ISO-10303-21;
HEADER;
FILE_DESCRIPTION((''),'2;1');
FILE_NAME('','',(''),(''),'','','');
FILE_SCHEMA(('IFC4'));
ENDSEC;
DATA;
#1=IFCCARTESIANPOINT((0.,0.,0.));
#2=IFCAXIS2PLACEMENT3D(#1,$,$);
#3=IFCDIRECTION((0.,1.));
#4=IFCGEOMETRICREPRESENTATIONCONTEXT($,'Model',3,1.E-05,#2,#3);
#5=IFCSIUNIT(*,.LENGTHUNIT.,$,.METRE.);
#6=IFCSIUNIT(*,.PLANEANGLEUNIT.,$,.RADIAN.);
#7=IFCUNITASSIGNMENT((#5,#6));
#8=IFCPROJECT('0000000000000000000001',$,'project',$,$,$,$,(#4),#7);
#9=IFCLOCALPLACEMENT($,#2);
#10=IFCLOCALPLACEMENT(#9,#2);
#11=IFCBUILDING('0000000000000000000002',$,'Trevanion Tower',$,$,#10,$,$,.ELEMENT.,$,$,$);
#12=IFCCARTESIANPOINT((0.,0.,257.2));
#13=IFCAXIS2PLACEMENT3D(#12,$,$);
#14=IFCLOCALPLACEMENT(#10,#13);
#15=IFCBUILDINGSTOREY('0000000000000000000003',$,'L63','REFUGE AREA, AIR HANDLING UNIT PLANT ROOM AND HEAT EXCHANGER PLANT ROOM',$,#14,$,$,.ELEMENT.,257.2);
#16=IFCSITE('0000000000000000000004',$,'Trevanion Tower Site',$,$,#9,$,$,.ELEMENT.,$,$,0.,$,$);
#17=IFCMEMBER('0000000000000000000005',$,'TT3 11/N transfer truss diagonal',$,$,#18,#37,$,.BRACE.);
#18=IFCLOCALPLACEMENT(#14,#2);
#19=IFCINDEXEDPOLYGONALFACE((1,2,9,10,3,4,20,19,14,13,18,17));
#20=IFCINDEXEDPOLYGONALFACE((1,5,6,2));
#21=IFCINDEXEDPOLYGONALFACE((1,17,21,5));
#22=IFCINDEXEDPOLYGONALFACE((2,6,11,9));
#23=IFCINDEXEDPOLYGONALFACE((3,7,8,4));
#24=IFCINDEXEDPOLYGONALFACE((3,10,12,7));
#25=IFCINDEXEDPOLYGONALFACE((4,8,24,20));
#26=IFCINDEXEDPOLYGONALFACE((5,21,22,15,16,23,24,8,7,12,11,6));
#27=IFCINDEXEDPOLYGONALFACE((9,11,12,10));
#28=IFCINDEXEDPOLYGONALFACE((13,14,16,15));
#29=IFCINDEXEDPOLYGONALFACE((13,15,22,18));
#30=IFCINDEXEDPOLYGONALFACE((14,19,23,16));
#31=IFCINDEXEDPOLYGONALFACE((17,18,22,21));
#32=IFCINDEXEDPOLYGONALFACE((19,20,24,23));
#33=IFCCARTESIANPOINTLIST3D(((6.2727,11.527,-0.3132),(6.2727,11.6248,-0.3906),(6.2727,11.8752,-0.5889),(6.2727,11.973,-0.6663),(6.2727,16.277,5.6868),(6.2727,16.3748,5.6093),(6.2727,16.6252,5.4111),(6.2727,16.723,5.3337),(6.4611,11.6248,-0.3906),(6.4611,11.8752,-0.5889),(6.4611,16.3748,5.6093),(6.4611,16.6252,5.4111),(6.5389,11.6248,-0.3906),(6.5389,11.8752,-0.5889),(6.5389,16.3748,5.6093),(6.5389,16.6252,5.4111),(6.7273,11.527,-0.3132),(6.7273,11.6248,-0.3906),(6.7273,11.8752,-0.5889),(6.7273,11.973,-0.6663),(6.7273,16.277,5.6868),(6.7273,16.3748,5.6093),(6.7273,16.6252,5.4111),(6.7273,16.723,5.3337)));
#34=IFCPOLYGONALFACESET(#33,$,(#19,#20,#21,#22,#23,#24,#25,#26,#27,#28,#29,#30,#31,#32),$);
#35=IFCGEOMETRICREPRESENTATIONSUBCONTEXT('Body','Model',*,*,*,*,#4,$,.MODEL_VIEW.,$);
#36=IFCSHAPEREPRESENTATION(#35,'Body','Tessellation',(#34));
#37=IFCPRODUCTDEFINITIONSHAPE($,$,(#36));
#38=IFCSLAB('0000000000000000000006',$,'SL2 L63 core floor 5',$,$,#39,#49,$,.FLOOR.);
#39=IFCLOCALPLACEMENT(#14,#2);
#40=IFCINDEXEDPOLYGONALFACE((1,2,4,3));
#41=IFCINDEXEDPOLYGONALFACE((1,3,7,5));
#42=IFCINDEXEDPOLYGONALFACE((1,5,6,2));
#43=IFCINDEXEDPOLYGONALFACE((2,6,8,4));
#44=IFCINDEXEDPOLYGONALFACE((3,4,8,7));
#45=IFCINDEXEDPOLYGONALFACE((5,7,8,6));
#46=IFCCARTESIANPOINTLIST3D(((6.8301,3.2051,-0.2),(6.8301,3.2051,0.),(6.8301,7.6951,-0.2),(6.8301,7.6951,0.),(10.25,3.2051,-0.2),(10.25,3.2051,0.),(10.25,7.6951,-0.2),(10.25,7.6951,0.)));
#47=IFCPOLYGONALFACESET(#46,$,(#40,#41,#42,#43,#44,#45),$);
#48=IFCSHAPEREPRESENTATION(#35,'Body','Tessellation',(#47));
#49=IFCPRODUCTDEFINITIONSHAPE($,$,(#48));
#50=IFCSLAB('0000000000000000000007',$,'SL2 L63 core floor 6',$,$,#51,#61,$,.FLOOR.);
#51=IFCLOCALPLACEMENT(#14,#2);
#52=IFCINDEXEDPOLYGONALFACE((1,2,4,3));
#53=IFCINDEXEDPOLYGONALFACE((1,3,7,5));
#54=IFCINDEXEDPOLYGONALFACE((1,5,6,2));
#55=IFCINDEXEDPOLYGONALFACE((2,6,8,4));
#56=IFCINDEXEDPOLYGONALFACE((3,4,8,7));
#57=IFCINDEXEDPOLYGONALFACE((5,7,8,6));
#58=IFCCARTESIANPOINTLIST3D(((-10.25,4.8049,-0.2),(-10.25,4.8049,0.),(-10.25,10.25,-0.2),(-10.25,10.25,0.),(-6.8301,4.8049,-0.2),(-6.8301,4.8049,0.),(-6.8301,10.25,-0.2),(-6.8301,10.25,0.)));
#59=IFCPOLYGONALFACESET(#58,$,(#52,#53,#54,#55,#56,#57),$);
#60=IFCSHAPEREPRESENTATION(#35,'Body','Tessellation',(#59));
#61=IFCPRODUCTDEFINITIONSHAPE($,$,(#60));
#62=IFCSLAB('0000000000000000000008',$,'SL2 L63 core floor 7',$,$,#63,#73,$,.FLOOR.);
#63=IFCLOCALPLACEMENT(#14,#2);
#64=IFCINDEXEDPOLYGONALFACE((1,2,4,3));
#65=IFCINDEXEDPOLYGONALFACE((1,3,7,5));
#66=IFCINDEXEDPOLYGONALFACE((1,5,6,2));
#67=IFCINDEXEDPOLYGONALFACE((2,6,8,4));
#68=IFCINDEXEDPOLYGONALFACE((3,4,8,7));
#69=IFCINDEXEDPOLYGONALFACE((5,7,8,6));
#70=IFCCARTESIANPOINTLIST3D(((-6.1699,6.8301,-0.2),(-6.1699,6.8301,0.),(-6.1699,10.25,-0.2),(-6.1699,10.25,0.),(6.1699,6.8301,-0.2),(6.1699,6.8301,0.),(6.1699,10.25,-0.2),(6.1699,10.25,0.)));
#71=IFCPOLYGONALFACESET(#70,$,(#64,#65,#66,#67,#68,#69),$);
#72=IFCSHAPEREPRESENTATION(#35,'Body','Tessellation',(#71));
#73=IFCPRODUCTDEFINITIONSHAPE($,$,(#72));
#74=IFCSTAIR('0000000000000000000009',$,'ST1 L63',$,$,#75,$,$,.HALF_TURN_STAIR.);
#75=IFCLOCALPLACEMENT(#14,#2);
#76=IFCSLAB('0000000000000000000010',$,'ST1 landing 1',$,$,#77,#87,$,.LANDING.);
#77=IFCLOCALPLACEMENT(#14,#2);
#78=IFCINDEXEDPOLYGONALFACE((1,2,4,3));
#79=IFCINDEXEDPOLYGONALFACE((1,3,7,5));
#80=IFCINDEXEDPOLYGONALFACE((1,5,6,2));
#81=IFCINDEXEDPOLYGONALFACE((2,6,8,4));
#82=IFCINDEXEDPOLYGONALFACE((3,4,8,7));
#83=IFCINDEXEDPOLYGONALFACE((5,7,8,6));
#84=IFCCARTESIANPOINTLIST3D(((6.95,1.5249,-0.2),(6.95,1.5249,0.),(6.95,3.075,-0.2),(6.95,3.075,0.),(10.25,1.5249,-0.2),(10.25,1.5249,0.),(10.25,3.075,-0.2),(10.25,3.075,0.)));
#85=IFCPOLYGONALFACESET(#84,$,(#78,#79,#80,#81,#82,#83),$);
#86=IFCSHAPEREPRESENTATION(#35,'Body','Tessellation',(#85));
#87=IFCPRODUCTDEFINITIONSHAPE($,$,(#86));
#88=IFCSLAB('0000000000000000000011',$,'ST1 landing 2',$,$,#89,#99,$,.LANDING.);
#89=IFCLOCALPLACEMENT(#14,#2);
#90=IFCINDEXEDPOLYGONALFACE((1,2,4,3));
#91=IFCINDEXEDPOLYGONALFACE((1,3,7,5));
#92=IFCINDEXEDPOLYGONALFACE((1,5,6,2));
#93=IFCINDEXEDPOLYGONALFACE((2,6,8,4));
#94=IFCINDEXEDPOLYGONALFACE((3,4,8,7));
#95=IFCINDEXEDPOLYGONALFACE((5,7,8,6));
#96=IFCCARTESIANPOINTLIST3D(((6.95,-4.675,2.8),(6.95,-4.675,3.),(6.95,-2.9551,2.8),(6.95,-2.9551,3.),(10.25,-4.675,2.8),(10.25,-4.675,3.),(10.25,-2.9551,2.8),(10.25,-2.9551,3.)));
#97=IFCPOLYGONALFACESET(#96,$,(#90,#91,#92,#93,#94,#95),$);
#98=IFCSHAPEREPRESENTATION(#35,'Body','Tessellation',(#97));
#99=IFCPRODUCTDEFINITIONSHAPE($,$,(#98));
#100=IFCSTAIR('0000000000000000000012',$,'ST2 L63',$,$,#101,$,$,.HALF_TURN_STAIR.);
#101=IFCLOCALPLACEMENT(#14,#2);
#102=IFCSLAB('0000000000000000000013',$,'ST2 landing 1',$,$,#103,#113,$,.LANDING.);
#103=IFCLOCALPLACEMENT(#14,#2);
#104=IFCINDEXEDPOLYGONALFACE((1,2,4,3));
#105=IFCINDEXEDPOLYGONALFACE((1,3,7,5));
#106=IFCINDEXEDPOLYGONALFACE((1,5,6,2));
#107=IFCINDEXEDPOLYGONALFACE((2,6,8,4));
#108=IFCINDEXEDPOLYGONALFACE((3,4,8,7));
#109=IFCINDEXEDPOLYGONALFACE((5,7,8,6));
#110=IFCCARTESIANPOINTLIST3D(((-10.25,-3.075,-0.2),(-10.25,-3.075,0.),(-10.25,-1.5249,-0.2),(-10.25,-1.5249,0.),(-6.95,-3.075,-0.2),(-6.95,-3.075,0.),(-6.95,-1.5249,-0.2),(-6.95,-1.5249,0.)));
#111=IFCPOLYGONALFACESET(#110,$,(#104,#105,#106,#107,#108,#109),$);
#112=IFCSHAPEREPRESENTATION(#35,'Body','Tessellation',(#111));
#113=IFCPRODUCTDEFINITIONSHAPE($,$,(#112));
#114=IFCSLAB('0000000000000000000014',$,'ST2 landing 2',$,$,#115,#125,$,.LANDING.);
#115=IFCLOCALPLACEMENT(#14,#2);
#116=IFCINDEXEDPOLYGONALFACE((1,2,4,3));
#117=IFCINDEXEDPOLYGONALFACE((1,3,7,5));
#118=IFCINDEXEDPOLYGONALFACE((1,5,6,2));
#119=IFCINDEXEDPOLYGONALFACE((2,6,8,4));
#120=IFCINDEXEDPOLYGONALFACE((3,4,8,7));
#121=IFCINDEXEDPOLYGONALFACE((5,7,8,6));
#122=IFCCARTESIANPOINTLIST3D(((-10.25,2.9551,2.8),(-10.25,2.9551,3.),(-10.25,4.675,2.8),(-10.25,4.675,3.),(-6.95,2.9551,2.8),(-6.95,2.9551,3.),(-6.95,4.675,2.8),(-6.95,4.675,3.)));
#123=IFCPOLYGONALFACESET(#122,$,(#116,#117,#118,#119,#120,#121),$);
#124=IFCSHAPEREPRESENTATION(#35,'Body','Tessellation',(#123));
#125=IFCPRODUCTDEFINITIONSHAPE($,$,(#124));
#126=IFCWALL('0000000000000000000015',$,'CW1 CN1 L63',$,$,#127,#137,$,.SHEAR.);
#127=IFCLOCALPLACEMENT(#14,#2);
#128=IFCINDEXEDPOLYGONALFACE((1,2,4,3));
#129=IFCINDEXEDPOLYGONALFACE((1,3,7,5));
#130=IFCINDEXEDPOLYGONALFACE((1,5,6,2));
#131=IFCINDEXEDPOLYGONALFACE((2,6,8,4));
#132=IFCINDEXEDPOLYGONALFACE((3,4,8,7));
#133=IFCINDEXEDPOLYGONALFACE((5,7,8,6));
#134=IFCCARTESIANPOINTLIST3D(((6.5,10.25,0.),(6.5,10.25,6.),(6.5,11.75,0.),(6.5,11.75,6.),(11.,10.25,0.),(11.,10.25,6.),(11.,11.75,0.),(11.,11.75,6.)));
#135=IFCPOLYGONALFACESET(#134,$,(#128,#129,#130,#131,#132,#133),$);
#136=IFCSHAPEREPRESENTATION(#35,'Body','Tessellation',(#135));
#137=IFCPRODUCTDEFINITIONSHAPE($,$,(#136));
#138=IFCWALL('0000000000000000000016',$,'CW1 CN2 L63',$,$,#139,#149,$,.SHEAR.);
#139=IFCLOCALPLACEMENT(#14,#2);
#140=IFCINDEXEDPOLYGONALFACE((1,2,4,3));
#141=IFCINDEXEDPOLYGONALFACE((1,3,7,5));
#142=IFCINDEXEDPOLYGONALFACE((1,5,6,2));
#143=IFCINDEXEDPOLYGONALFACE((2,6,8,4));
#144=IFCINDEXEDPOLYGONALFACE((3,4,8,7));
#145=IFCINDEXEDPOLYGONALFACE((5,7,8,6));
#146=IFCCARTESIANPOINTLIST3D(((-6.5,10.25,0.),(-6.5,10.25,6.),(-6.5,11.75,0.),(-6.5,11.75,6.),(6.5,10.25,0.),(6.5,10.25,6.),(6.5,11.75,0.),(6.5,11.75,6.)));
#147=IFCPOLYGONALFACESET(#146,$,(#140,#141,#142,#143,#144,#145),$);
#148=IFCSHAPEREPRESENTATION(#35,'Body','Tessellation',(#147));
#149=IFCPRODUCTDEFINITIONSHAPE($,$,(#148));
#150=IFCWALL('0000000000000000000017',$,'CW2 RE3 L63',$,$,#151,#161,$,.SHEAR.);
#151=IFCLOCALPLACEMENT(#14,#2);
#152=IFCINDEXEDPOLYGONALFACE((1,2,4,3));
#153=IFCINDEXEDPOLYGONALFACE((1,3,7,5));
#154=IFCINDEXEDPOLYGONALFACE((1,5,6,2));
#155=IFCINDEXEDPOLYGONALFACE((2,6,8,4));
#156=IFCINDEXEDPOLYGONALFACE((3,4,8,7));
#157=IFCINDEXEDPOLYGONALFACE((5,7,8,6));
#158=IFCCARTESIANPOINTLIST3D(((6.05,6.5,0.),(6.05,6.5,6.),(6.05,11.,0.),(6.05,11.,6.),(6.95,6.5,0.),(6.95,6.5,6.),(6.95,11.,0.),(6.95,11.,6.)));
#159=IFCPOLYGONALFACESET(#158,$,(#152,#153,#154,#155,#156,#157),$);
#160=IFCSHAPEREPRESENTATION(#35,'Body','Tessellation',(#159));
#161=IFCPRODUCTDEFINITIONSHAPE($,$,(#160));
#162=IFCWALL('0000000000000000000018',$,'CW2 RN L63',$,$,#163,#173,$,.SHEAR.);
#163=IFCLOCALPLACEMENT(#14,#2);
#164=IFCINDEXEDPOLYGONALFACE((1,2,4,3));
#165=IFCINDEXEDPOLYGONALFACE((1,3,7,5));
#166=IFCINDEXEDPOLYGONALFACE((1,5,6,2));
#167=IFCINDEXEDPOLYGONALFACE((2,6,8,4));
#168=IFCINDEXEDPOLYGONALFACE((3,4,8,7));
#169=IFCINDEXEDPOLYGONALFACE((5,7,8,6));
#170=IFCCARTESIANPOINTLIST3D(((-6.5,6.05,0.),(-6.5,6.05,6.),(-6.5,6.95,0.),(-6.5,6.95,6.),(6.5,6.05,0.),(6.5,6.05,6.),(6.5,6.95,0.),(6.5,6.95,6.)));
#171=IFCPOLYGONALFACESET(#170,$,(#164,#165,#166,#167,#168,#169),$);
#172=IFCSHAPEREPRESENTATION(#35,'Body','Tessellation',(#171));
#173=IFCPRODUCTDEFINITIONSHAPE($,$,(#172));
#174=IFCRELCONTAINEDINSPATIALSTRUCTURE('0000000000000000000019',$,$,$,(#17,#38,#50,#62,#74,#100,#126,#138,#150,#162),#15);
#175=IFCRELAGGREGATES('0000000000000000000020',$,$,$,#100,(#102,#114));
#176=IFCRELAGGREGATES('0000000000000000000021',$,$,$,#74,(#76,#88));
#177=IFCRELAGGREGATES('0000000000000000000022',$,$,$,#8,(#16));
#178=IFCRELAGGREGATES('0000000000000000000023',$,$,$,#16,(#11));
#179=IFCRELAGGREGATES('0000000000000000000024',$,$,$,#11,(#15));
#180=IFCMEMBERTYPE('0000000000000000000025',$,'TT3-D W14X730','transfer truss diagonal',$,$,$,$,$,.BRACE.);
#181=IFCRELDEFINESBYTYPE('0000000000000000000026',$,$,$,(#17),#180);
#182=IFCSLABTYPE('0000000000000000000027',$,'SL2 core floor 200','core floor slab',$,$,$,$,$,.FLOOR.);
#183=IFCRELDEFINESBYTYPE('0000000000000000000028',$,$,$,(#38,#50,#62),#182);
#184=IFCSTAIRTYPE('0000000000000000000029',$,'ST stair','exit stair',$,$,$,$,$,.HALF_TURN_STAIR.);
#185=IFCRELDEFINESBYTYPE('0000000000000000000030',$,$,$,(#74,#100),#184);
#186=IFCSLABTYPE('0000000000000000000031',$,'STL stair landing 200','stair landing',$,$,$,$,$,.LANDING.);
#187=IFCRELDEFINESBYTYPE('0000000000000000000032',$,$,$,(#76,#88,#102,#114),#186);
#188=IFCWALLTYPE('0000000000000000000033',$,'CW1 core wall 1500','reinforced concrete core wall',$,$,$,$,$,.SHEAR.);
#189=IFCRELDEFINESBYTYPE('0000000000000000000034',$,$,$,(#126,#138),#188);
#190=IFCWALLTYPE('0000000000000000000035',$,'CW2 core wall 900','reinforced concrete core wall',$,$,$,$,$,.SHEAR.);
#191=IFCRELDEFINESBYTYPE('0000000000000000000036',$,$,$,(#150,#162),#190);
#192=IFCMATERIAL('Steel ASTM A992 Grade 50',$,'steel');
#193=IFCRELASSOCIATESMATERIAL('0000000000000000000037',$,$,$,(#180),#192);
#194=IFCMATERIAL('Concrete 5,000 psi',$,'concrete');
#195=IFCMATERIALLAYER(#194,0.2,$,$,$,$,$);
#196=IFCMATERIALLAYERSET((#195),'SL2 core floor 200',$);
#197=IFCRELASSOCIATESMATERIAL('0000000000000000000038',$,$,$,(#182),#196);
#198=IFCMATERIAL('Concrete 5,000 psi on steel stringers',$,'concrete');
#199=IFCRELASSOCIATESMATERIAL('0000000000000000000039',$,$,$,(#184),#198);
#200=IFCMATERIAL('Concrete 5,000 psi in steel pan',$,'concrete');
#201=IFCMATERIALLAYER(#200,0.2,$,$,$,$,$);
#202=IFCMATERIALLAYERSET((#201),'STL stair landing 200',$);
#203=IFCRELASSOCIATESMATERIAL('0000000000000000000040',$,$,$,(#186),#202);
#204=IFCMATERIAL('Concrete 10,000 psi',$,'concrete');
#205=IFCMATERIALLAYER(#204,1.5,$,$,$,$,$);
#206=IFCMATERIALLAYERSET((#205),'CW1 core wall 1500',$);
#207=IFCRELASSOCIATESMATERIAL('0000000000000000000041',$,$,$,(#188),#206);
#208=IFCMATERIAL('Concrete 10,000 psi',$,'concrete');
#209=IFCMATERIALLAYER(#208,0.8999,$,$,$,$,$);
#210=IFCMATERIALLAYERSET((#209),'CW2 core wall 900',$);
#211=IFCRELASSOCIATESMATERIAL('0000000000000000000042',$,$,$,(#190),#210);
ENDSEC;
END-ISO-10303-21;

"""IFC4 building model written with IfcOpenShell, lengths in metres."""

from ifc_helpers import new_model, si_unit, direction, frame, frame_2d, origin, origin_2d, place, context, subcontext, project, spatial, polyline, rectangle, i_section, outline, extrude, material, layer, layer_set, material_profile, profile_set, type_object, element, aggregate, save


model = new_model("IFC4")

# Units and contexts
model_context = context("Model", 3, precision=1e-05, world=origin(), true_north=direction((0.0, 1.0)))
body_context = subcontext(model_context, "Body", "Model", "MODEL_VIEW")
ifc_project = project(units=[si_unit("LENGTHUNIT", "METRE"), si_unit("PLANEANGLEUNIT", "RADIAN")], contexts=[model_context])

# Site, building, storey
site_placement = place(None, origin())
site = spatial("IfcSite", under=ifc_project, at=site_placement, Name="Trevanion Tower Site", CompositionType="ELEMENT", RefElevation=0.0)
building_placement = place(site_placement, origin())
building = spatial("IfcBuilding", under=site, at=building_placement, Name="Trevanion Tower", CompositionType="ELEMENT")
storey_placement = place(building_placement, frame((0.0, 0.0, 257.2)))
storey = spatial("IfcBuildingStorey", under=building, at=storey_placement, Name="L63", Description="REFUGE AREA, AIR HANDLING UNIT PLANT ROOM AND HEAT EXCHANGER PLANT ROOM", CompositionType="ELEMENT", Elevation=257.2)

# Member
ifc_material_1 = material(Name="Steel ASTM A992 Grade 50", Category="steel")
ifc_material_profile_1 = material_profile(ifc_material_1, i_section(OverallWidth=0.4546, OverallDepth=0.5688, WebThickness=0.0779, FlangeThickness=0.1248, at=origin_2d()), Name="W14X730")
ifc_profile_set_1 = profile_set([ifc_material_profile_1], Name="Steel ASTM A992 Grade 50")
member_type = type_object("IfcMemberType", Name="TT3-D W14X730", Description="transfer truss diagonal", PredefinedType="BRACE", material=ifc_profile_set_1)
member_placement = place(storey_placement, frame((6.5, 11.75, -0.4897), z_axis=(0.0, 0.620703, 0.784046), x_axis=(-1.0, 0.0, 0.0)))
element("IfcMember", 1, at=member_placement, inside=storey, type_object=member_type, Name="TT3 11/N transfer truss diagonal", PredefinedType="BRACE", context=body_context, shape_type="SweptSolid", body=[
    extrude(i_section(OverallWidth=0.4546, OverallDepth=0.5688, WebThickness=0.0779, FlangeThickness=0.1248, at=origin_2d()), origin(), (0.0, 0.0, 1.0), 7.6526),
])

# Slabs
ifc_material_2 = material(Name="Concrete 5,000 psi", Category="concrete")
ifc_layer_1 = layer(ifc_material_2, 0.2)
ifc_layer_set_1 = layer_set([ifc_layer_1], Name="SL2 core floor 200")
slab_type_1 = type_object("IfcSlabType", Name="SL2 core floor 200", Description="core floor slab", PredefinedType="FLOOR", material=ifc_layer_set_1)
slab_1_placement = place(storey_placement, frame((0.0, 0.0, -0.2)))
element("IfcSlab", 2, at=slab_1_placement, inside=storey, type_object=slab_type_1, Name="SL2 L63 core floor 5", PredefinedType="FLOOR", context=body_context, shape_type="SweptSolid", body=[
    extrude(outline(polyline([(6.8301, 3.2051), (6.8301, 7.6951), (10.25, 7.6951), (10.25, 3.2051), (6.8301, 3.2051)])), origin(), (0.0, 0.0, 1.0), 0.2),
])
slab_2_placement = place(storey_placement, frame((0.0, 0.0, -0.2)))
element("IfcSlab", 3, at=slab_2_placement, inside=storey, type_object=slab_type_1, Name="SL2 L63 core floor 6", PredefinedType="FLOOR", context=body_context, shape_type="SweptSolid", body=[
    extrude(outline(polyline([(-6.8301, 4.8049), (-10.25, 4.8049), (-10.25, 10.25), (-6.8301, 10.25), (-6.8301, 4.8049)])), origin(), (0.0, 0.0, 1.0), 0.2),
])
slab_3_placement = place(storey_placement, frame((0.0, 0.0, -0.2)))
element("IfcSlab", 4, at=slab_3_placement, inside=storey, type_object=slab_type_1, Name="SL2 L63 core floor 7", PredefinedType="FLOOR", context=body_context, shape_type="SweptSolid", body=[
    extrude(outline(polyline([(6.1699, 6.8301), (-6.1699, 6.8301), (-6.1699, 10.25), (6.1699, 10.25), (6.1699, 6.8301)])), origin(), (0.0, 0.0, 1.0), 0.2),
])

# Stairs, slabs
ifc_material_3 = material(Name="Concrete 5,000 psi on steel stringers", Category="concrete")
stair_type = type_object("IfcStairType", Name="ST stair", Description="exit stair", PredefinedType="HALF_TURN_STAIR", material=ifc_material_3)
stair_1_placement = place(storey_placement, origin())
stair_1 = element("IfcStair", 5, at=stair_1_placement, inside=storey, type_object=stair_type, Name="ST1 L63", PredefinedType="HALF_TURN_STAIR")
ifc_material_4 = material(Name="Concrete 5,000 psi in steel pan", Category="concrete")
ifc_layer_2 = layer(ifc_material_4, 0.2)
ifc_layer_set_2 = layer_set([ifc_layer_2], Name="STL stair landing 200")
slab_type_2 = type_object("IfcSlabType", Name="STL stair landing 200", Description="stair landing", PredefinedType="LANDING", material=ifc_layer_set_2)
slab_4_placement = place(storey_placement, frame((0.0, 0.0, -0.2)))
slab_4 = element("IfcSlab", 6, at=slab_4_placement, type_object=slab_type_2, Name="ST1 landing 1", PredefinedType="LANDING", context=body_context, shape_type="SweptSolid", body=[
    extrude(outline(polyline([(6.95, 1.5249), (10.25, 1.5249), (10.25, 3.075), (6.95, 3.075), (6.95, 1.5249)])), origin(), (0.0, 0.0, 1.0), 0.2),
])
slab_5_placement = place(storey_placement, frame((0.0, 0.0, 2.8)))
slab_5 = element("IfcSlab", 7, at=slab_5_placement, type_object=slab_type_2, Name="ST1 landing 2", PredefinedType="LANDING", context=body_context, shape_type="SweptSolid", body=[
    extrude(outline(polyline([(6.95, -4.675), (10.25, -4.675), (10.25, -2.9551), (6.95, -2.9551), (6.95, -4.675)])), origin(), (0.0, 0.0, 1.0), 0.2),
])
stair_2_placement = place(storey_placement, origin())
stair_2 = element("IfcStair", 8, at=stair_2_placement, inside=storey, type_object=stair_type, Name="ST2 L63", PredefinedType="HALF_TURN_STAIR")
slab_6_placement = place(storey_placement, frame((0.0, 0.0, -0.2)))
slab_6 = element("IfcSlab", 9, at=slab_6_placement, type_object=slab_type_2, Name="ST2 landing 1", PredefinedType="LANDING", context=body_context, shape_type="SweptSolid", body=[
    extrude(outline(polyline([(-6.95, -1.5249), (-10.25, -1.5249), (-10.25, -3.075), (-6.95, -3.075), (-6.95, -1.5249)])), origin(), (0.0, 0.0, 1.0), 0.2),
])
slab_7_placement = place(storey_placement, frame((0.0, 0.0, 2.8)))
slab_7 = element("IfcSlab", 10, at=slab_7_placement, type_object=slab_type_2, Name="ST2 landing 2", PredefinedType="LANDING", context=body_context, shape_type="SweptSolid", body=[
    extrude(outline(polyline([(-6.95, 4.675), (-10.25, 4.675), (-10.25, 2.9551), (-6.95, 2.9551), (-6.95, 4.675)])), origin(), (0.0, 0.0, 1.0), 0.2),
])
aggregate(stair_2, [slab_6, slab_7])

# Walls
ifc_material_5 = material(Name="Concrete 10,000 psi", Category="concrete")
ifc_layer_3 = layer(ifc_material_5, 1.5)
ifc_layer_set_3 = layer_set([ifc_layer_3], Name="CW1 core wall 1500")
wall_type_1 = type_object("IfcWallType", Name="CW1 core wall 1500", Description="reinforced concrete core wall", PredefinedType="SHEAR", material=ifc_layer_set_3)
wall_1_placement = place(storey_placement, frame((11.0, 11.0, 0.0), z_axis=(0.0, 0.0, 1.0), x_axis=(-1.0, 0.0, 0.0)))
element("IfcWall", 11, at=wall_1_placement, inside=storey, type_object=wall_type_1, Name="CW1 CN1 L63", PredefinedType="SHEAR", context=body_context, shape_type="SweptSolid", body=[
    extrude(rectangle(XDim=4.5, YDim=1.5, at=frame_2d((2.25, 0.0))), origin(), (0.0, 0.0, 1.0), 6.0),
])
wall_2_placement = place(storey_placement, frame((6.5, 11.0, 0.0), z_axis=(0.0, 0.0, 1.0), x_axis=(-1.0, 0.0, 0.0)))
element("IfcWall", 12, at=wall_2_placement, inside=storey, type_object=wall_type_1, Name="CW1 CN2 L63", PredefinedType="SHEAR", context=body_context, shape_type="SweptSolid", body=[
    extrude(rectangle(XDim=13.0, YDim=1.5, at=frame_2d((6.5, 0.0))), origin(), (0.0, 0.0, 1.0), 6.0),
])
ifc_material_6 = material(Name="Concrete 10,000 psi", Category="concrete")
ifc_layer_4 = layer(ifc_material_6, 0.8999)
ifc_layer_set_4 = layer_set([ifc_layer_4], Name="CW2 core wall 900")
wall_type_2 = type_object("IfcWallType", Name="CW2 core wall 900", Description="reinforced concrete core wall", PredefinedType="SHEAR", material=ifc_layer_set_4)
wall_3_placement = place(storey_placement, frame((6.5, 6.5, 0.0), z_axis=(0.0, 0.0, 1.0), x_axis=(0.0, 1.0, 0.0)))
element("IfcWall", 13, at=wall_3_placement, inside=storey, type_object=wall_type_2, Name="CW2 RE3 L63", PredefinedType="SHEAR", context=body_context, shape_type="SweptSolid", body=[
    extrude(rectangle(XDim=4.5, YDim=0.8999, at=frame_2d((2.25, 0.0))), origin(), (0.0, 0.0, 1.0), 6.0),
])
wall_4_placement = place(storey_placement, frame((6.5, 6.5, 0.0), z_axis=(0.0, 0.0, 1.0), x_axis=(-1.0, 0.0, 0.0)))
element("IfcWall", 14, at=wall_4_placement, inside=storey, type_object=wall_type_2, Name="CW2 RN L63", PredefinedType="SHEAR", context=body_context, shape_type="SweptSolid", body=[
    extrude(rectangle(XDim=13.0, YDim=0.8999, at=frame_2d((6.5, 0.0))), origin(), (0.0, 0.0, 1.0), 6.0),
])

aggregate(stair_1, [slab_4, slab_5])

save(model, "model.ifc")
